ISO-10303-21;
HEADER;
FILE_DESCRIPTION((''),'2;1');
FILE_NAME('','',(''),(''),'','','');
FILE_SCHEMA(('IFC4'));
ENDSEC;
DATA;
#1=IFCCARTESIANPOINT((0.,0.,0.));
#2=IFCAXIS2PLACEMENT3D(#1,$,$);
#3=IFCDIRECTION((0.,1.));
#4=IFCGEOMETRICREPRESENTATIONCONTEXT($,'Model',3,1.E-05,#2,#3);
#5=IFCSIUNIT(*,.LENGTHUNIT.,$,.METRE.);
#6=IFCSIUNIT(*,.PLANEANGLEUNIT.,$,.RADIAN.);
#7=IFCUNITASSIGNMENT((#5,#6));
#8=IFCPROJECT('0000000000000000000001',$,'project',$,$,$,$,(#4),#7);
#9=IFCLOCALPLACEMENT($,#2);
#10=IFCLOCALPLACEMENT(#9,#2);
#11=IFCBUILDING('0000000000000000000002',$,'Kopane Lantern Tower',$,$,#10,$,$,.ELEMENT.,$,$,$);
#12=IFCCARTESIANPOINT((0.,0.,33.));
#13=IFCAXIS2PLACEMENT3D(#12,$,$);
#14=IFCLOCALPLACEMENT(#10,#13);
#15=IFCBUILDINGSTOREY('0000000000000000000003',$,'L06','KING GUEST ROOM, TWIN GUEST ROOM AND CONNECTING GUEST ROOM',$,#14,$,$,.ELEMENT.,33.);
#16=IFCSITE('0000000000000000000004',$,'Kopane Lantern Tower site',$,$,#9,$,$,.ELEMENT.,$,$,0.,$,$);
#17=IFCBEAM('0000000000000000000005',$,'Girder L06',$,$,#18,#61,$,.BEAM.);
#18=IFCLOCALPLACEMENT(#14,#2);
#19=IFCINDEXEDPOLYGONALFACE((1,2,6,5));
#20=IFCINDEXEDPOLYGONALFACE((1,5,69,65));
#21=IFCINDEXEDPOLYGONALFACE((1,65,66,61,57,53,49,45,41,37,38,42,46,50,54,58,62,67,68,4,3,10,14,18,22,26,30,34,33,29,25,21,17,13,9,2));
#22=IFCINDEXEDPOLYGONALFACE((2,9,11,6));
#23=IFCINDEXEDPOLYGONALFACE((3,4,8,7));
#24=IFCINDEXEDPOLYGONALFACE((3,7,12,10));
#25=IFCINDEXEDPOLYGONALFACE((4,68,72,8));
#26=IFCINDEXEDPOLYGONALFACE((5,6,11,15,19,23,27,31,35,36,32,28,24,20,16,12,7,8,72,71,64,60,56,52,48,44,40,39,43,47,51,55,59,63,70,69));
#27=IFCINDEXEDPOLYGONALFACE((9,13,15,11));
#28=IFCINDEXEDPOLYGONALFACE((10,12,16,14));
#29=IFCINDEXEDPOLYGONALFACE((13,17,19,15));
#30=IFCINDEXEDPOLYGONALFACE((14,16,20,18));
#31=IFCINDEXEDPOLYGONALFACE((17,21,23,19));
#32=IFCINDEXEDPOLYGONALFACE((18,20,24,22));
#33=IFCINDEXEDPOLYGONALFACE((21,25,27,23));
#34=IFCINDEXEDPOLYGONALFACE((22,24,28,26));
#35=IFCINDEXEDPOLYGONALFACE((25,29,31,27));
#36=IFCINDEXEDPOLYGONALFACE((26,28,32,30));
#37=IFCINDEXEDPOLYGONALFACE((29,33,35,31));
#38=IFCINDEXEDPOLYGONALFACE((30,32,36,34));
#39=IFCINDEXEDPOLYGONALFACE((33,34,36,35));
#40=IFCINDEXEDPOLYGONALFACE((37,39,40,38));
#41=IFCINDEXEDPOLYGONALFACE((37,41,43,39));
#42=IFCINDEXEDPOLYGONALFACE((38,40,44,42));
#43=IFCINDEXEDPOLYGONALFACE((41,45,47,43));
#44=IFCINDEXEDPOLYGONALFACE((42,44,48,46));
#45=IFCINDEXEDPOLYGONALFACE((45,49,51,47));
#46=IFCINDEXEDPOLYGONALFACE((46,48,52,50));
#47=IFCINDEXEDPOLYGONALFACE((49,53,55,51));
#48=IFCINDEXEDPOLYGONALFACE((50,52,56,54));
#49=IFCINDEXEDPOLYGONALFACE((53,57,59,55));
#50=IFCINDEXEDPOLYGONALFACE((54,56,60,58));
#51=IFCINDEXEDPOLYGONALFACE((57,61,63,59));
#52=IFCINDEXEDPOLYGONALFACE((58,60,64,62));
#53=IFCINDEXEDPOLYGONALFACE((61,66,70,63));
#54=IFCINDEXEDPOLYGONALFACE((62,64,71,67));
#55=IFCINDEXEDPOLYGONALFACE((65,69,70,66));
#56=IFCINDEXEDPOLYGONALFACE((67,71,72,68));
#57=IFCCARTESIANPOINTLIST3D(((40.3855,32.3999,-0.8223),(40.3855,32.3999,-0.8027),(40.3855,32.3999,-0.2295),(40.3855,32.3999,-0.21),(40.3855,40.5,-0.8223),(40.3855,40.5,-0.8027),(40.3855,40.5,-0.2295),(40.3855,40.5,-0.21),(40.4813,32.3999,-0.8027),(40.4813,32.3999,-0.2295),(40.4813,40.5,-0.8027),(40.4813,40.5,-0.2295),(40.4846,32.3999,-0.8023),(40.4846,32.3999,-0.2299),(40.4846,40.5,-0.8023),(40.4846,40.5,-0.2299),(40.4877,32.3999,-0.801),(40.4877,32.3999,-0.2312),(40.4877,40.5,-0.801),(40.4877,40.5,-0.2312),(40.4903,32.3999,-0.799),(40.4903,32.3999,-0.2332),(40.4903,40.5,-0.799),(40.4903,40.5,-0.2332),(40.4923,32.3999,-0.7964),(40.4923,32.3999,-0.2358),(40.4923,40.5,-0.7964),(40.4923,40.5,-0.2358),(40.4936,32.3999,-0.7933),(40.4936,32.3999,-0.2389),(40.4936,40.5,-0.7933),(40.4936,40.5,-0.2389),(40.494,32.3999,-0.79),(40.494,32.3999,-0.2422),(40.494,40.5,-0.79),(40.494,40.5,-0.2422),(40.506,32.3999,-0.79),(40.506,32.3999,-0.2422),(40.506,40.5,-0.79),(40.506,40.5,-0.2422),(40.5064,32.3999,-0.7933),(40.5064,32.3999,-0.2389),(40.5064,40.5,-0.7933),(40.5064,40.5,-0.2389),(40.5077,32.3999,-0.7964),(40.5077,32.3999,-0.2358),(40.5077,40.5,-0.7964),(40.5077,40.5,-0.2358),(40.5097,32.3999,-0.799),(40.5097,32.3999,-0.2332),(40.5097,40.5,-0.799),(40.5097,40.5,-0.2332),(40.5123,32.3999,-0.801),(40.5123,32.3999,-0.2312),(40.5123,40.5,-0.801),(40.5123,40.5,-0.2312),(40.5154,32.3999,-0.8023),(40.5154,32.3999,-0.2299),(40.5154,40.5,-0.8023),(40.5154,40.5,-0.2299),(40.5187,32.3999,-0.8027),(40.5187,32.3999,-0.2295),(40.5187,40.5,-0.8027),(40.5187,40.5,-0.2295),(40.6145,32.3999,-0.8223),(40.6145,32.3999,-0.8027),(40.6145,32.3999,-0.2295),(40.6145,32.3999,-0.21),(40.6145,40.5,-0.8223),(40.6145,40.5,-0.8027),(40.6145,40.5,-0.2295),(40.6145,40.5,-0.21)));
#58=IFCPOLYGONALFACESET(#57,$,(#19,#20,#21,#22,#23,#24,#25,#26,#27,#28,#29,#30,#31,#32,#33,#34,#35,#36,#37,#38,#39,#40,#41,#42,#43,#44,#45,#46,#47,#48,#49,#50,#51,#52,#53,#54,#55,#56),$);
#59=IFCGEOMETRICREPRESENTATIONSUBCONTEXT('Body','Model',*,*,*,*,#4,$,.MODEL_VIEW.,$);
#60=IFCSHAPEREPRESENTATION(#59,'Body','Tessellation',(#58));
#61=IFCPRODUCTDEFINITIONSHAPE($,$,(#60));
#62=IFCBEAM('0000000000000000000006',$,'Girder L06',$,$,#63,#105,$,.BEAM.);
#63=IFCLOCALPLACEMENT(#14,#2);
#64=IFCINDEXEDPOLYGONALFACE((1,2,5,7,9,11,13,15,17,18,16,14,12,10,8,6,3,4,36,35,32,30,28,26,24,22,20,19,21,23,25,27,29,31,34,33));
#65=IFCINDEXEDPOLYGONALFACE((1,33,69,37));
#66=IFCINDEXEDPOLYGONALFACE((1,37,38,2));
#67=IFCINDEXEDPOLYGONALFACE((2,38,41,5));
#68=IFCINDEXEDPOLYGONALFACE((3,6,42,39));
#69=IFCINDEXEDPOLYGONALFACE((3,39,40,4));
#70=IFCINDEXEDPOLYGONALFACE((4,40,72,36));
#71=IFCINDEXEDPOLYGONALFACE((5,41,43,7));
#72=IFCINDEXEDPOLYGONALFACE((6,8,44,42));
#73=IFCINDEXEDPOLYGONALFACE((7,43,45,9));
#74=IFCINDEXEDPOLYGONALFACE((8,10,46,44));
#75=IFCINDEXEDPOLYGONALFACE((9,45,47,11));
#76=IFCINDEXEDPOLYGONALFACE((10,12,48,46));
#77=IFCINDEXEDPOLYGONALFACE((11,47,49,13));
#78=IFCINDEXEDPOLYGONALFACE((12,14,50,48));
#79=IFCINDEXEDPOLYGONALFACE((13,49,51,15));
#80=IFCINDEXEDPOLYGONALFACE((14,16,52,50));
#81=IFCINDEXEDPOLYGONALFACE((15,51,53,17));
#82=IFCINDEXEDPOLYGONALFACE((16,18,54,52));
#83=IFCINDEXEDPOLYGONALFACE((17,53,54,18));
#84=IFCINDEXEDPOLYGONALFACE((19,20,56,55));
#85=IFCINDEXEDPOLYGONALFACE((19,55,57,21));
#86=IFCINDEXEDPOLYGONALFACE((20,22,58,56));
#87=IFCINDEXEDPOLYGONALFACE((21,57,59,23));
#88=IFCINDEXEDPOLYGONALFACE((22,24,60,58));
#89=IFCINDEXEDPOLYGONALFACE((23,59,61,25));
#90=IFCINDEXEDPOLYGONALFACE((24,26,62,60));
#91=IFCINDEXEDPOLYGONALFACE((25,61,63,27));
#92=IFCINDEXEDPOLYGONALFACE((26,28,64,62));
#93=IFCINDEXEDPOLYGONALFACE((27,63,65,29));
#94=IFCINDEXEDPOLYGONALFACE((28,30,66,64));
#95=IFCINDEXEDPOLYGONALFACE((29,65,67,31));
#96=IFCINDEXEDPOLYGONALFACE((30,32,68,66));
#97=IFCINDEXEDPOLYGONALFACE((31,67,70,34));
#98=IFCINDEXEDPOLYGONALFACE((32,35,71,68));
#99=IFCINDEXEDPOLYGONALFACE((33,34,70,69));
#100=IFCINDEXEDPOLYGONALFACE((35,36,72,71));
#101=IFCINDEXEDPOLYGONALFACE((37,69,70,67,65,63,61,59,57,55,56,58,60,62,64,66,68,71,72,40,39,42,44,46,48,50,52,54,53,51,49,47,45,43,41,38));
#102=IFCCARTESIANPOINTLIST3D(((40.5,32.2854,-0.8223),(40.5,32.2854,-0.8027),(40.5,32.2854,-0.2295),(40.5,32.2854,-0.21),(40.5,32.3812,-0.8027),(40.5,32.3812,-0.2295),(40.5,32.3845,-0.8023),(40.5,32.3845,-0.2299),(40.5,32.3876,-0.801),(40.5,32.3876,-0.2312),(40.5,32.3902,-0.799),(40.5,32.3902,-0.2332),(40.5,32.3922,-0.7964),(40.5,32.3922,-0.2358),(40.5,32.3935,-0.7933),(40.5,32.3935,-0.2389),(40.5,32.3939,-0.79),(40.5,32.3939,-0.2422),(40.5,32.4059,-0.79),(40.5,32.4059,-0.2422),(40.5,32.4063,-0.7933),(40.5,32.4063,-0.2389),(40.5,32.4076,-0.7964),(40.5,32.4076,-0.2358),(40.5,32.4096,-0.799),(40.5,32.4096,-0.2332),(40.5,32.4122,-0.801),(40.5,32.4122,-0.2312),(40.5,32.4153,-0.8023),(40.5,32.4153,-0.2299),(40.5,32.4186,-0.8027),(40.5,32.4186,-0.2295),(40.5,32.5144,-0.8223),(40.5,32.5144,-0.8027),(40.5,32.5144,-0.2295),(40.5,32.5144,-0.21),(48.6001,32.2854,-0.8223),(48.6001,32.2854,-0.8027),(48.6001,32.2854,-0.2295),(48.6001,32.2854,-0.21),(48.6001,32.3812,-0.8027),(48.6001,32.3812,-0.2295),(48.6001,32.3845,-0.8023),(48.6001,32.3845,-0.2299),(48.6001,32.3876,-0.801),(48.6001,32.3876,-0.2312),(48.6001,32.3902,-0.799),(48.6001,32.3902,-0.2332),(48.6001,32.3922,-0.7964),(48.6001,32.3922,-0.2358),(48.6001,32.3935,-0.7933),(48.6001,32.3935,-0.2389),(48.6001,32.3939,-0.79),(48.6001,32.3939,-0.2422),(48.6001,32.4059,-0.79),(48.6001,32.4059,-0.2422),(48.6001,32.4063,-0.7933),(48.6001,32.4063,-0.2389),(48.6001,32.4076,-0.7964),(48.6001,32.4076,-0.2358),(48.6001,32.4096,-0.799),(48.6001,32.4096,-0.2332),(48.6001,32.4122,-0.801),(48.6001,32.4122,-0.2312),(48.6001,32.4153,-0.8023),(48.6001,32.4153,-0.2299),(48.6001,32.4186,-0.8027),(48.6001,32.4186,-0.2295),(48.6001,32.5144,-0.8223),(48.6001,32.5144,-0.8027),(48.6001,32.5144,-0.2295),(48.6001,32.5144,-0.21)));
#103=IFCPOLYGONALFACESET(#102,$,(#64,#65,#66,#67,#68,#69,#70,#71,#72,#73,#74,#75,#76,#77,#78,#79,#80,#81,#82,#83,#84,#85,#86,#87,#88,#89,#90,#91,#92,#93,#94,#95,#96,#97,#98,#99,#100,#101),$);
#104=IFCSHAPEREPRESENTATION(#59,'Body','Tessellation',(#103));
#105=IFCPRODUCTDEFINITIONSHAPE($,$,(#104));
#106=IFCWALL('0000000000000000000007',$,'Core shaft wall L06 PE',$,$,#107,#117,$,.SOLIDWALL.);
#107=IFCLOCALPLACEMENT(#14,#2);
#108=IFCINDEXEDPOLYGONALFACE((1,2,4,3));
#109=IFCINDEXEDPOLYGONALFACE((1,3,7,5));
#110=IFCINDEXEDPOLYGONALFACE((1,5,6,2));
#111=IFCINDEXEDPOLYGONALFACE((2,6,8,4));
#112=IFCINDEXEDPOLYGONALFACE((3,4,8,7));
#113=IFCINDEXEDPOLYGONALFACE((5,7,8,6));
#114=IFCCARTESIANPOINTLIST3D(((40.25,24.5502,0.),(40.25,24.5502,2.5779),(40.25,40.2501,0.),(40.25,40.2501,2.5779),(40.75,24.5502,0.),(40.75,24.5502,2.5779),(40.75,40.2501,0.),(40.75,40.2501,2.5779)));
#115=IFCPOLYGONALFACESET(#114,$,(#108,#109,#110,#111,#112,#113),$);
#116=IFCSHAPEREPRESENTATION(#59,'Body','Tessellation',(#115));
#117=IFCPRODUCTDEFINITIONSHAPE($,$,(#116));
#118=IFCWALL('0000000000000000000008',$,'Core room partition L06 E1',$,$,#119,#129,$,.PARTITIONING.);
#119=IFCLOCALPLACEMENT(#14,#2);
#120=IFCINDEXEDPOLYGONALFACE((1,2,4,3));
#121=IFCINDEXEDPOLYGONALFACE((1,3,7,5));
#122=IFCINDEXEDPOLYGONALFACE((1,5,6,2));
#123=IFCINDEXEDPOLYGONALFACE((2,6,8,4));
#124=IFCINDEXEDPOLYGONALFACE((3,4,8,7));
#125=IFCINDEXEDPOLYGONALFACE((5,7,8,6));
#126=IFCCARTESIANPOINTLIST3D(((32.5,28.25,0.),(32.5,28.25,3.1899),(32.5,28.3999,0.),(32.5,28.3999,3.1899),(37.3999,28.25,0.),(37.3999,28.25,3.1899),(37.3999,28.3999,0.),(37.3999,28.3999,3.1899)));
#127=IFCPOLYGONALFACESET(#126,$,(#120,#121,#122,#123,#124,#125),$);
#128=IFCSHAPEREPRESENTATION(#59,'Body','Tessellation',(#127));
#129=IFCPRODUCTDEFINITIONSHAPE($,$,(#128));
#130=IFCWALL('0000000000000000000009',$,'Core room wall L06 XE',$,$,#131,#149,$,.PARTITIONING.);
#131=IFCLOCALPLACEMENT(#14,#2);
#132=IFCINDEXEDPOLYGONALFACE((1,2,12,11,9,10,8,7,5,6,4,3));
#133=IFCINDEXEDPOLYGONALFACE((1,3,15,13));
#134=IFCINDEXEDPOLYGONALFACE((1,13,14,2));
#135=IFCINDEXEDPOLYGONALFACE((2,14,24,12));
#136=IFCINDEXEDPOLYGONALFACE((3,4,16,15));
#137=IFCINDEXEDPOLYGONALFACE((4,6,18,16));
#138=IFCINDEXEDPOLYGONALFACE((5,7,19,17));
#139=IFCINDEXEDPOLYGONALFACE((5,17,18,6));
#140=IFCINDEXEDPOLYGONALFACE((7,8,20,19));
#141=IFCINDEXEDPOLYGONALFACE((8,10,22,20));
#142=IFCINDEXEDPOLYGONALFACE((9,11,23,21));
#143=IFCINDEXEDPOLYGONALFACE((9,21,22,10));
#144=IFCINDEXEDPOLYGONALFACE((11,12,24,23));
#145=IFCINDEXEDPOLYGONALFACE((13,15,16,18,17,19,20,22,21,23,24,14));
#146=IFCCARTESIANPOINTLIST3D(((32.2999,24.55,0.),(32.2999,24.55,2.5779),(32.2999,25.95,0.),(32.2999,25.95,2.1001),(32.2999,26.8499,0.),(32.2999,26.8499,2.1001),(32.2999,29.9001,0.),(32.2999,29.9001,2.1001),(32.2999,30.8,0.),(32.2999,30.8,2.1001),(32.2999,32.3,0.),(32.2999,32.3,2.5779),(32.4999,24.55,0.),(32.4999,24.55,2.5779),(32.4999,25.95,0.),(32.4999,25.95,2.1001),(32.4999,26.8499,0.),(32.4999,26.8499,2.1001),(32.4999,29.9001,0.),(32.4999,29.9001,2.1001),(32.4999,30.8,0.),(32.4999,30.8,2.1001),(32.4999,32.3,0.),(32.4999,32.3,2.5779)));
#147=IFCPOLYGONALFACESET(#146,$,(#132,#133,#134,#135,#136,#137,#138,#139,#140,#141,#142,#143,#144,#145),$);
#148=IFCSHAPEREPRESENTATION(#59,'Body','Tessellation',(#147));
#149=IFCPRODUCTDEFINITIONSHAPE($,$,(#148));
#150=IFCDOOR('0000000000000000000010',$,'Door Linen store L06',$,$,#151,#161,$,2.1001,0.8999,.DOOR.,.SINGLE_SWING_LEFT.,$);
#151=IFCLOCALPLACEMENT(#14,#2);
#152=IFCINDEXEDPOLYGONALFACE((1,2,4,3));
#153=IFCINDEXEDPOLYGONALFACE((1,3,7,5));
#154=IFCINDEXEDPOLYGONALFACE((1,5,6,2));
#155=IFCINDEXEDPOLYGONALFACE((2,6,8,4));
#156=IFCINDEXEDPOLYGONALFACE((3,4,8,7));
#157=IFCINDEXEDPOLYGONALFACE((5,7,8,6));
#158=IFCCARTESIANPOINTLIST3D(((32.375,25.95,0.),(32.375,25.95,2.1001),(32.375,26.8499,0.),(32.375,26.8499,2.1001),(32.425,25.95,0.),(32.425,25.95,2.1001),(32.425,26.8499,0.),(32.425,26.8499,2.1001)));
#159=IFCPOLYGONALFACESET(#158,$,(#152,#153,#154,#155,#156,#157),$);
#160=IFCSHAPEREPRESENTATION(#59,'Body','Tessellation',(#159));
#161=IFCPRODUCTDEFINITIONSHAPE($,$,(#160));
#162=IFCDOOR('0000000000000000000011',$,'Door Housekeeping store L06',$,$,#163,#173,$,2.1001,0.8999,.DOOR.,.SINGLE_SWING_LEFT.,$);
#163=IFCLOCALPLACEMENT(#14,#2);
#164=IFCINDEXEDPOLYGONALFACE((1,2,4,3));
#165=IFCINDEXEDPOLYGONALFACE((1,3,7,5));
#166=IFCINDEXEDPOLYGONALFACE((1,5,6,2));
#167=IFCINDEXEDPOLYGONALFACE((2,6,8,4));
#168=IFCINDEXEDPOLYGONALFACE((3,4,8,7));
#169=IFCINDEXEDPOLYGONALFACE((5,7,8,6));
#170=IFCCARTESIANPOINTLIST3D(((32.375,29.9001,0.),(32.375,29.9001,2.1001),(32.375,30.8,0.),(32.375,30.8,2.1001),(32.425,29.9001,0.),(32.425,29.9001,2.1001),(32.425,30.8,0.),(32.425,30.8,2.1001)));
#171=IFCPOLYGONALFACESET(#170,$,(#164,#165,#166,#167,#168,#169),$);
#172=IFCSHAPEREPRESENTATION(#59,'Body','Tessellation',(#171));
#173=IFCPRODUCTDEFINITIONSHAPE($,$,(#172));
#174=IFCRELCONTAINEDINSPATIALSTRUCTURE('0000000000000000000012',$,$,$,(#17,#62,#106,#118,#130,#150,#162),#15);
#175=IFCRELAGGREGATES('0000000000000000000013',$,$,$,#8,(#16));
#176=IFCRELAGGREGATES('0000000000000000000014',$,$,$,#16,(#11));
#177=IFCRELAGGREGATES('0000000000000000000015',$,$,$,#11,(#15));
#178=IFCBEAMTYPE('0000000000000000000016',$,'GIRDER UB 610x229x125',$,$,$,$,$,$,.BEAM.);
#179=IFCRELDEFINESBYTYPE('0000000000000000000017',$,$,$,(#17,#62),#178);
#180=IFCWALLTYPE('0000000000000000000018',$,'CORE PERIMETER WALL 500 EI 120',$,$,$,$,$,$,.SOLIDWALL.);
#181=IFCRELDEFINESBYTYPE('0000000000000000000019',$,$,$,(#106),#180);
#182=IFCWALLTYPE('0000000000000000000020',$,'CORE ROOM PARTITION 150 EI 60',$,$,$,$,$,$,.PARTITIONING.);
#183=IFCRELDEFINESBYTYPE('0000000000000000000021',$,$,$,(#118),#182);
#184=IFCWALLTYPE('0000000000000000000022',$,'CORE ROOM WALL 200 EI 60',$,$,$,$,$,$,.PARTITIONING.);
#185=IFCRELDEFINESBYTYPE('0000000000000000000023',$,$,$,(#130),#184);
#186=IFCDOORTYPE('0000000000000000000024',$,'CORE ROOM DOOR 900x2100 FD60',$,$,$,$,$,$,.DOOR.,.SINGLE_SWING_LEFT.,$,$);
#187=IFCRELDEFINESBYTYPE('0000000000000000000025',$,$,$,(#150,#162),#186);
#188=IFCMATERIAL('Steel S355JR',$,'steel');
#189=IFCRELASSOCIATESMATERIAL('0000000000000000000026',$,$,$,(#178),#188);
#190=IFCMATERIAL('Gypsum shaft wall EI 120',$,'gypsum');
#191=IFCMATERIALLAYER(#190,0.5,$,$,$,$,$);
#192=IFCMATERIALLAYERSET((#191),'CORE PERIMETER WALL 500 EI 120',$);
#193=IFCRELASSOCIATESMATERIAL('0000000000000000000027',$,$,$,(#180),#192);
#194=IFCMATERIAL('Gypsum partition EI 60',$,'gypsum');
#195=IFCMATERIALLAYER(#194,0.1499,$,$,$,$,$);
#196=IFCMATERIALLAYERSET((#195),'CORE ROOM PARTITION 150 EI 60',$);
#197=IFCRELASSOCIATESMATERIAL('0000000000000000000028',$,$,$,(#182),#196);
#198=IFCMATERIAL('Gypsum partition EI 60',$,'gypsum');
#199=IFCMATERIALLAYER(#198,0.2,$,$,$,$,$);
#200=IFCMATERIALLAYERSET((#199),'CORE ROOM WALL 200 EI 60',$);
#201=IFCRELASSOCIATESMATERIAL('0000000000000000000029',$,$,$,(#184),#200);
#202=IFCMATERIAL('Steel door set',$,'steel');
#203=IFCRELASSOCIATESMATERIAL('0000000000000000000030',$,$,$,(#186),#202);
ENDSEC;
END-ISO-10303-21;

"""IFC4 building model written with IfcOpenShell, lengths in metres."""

from ifc_helpers import new_model, si_unit, direction, frame, frame_2d, origin, origin_2d, place, context, subcontext, project, spatial, rectangle, i_section, extrude, material, layer, layer_set, material_profile, profile_set, type_object, element, fill, save


model = new_model("IFC4")

# Units and contexts
model_context = context("Model", 3, precision=1e-05, world=origin(), true_north=direction((0.0, 1.0)))
body_context = subcontext(model_context, "Body", "Model", "MODEL_VIEW")
ifc_project = project(units=[si_unit("LENGTHUNIT", "METRE"), si_unit("PLANEANGLEUNIT", "RADIAN")], contexts=[model_context])

# Site, building, storey
site_placement = place(None, origin())
site = spatial("IfcSite", under=ifc_project, at=site_placement, Name="Kopane Lantern Tower site", CompositionType="ELEMENT", RefElevation=0.0)
building_placement = place(site_placement, origin())
building = spatial("IfcBuilding", under=site, at=building_placement, Name="Kopane Lantern Tower", CompositionType="ELEMENT")
storey_placement = place(building_placement, frame((0.0, 0.0, 33.0)))
storey = spatial("IfcBuildingStorey", under=building, at=storey_placement, Name="L06", Description="KING GUEST ROOM, TWIN GUEST ROOM AND CONNECTING GUEST ROOM", CompositionType="ELEMENT", Elevation=33.0)

# Beams
ifc_material_1 = material(Name="Steel S355JR", Category="steel")
ifc_material_profile_1 = material_profile(ifc_material_1, i_section(OverallWidth=0.229, OverallDepth=0.6123, WebThickness=0.012, FlangeThickness=0.0195, FilletRadius=0.0127, at=origin_2d()), Name="UB 610x229x125")
ifc_profile_set_1 = profile_set([ifc_material_profile_1], Name="Steel S355JR")
beam_type_1 = type_object("IfcBeamType", Name="GIRDER UB 610x229x125", PredefinedType="BEAM", material=ifc_profile_set_1)
for number, where, z_axis, x_axis, name in (
    (1, (40.5, 32.3999, -0.5161), (0.0, 1.0, 0.0), (-1.0, 0.0, 0.0), "Girder L06"),
    (2, (40.5, 32.3999, -0.5161), (1.0, 0.0, 0.0), (0.0, 1.0, 0.0), "Girder L06"),
):
    element("IfcBeam", number, at=place(storey_placement, frame(where, z_axis=z_axis, x_axis=x_axis)), inside=storey, type_object=beam_type_1, Name=name, PredefinedType="BEAM", context=body_context, shape_type="SweptSolid", body=[
        extrude(i_section(OverallWidth=0.229, OverallDepth=0.6123, WebThickness=0.012, FlangeThickness=0.0195, FilletRadius=0.0127, at=origin_2d()), origin(), (0.0, 0.0, 1.0), 8.1001),
    ])

# Walls
ifc_material_2 = material(Name="Gypsum shaft wall EI 120", Category="gypsum")
ifc_layer_1 = layer(ifc_material_2, 0.5)
ifc_layer_set_1 = layer_set([ifc_layer_1], Name="CORE PERIMETER WALL 500 EI 120")
wall_type_1 = type_object("IfcWallType", Name="CORE PERIMETER WALL 500 EI 120", PredefinedType="SOLIDWALL", material=ifc_layer_set_1)
wall_1_placement = place(storey_placement, frame((40.5, 24.55, 0.0), z_axis=(0.0, 0.0, 1.0), x_axis=(0.0, 1.0, 0.0)))
element("IfcWall", 3, at=wall_1_placement, inside=storey, type_object=wall_type_1, Name="Core shaft wall L06 PE", PredefinedType="SOLIDWALL", context=body_context, shape_type="SweptSolid", body=[
    extrude(rectangle(XDim=15.7, YDim=0.5, at=frame_2d((7.8501, 0.0))), origin(), (0.0, 0.0, 1.0), 2.5779),
])
ifc_material_3 = material(Name="Gypsum partition EI 60", Category="gypsum")
ifc_layer_2 = layer(ifc_material_3, 0.1499)
ifc_layer_set_2 = layer_set([ifc_layer_2], Name="CORE ROOM PARTITION 150 EI 60")
wall_type_2 = type_object("IfcWallType", Name="CORE ROOM PARTITION 150 EI 60", PredefinedType="PARTITIONING", material=ifc_layer_set_2)
wall_2_placement = place(storey_placement, frame((32.5, 28.325, 0.0), z_axis=(0.0, 0.0, 1.0), x_axis=(1.0, 0.0, 0.0)))
element("IfcWall", 4, at=wall_2_placement, inside=storey, type_object=wall_type_2, Name="Core room partition L06 E1", PredefinedType="PARTITIONING", context=body_context, shape_type="SweptSolid", body=[
    extrude(rectangle(XDim=4.8999, YDim=0.1499, at=frame_2d((2.45, 0.0))), origin(), (0.0, 0.0, 1.0), 3.1899),
])

# Wall, openings, doors
ifc_material_4 = material(Name="Gypsum partition EI 60", Category="gypsum")
ifc_layer_3 = layer(ifc_material_4, 0.2)
ifc_layer_set_3 = layer_set([ifc_layer_3], Name="CORE ROOM WALL 200 EI 60")
wall_type_3 = type_object("IfcWallType", Name="CORE ROOM WALL 200 EI 60", PredefinedType="PARTITIONING", material=ifc_layer_set_3)
wall_3_placement = place(storey_placement, frame((32.3999, 24.55, 0.0), z_axis=(0.0, 0.0, 1.0), x_axis=(0.0, 1.0, 0.0)))
wall_3 = element("IfcWall", 5, at=wall_3_placement, inside=storey, type_object=wall_type_3, Name="Core room wall L06 XE", PredefinedType="PARTITIONING", context=body_context, shape_type="SweptSolid", body=[
    extrude(rectangle(XDim=7.75, YDim=0.2, at=frame_2d((3.875, 0.0))), origin(), (0.0, 0.0, 1.0), 2.5779),
])
opening_1_placement = place(wall_3_placement, frame((1.3999, 0.0, 0.0)))
opening_1 = element("IfcOpeningElement", 6, at=opening_1_placement, cuts=wall_3, PredefinedType="OPENING", context=body_context, shape_type="SweptSolid", body=[
    extrude(rectangle(XDim=0.8999, YDim=2.1001, at=frame_2d((0.45, 1.05))), frame((0.0, 0.1099, 0.0), z_axis=(0.0, -1.0, 0.0), x_axis=(1.0, 0.0, 0.0)), (0.0, 0.0, 1.0), 0.22),
])
opening_2_placement = place(wall_3_placement, frame((5.3501, 0.0, 0.0)))
opening_2 = element("IfcOpeningElement", 7, at=opening_2_placement, cuts=wall_3, PredefinedType="OPENING", context=body_context, shape_type="SweptSolid", body=[
    extrude(rectangle(XDim=0.8999, YDim=2.1001, at=frame_2d((0.45, 1.05))), frame((0.0, 0.1099, 0.0), z_axis=(0.0, -1.0, 0.0), x_axis=(1.0, 0.0, 0.0)), (0.0, 0.0, 1.0), 0.22),
])
ifc_material_5 = material(Name="Steel door set", Category="steel")
door_type_1 = type_object("IfcDoorType", Name="CORE ROOM DOOR 900x2100 FD60", OperationType="SINGLE_SWING_LEFT", PredefinedType="DOOR", material=ifc_material_5)
door_1_placement = place(opening_1_placement, origin())
door_1 = element("IfcDoor", 8, at=door_1_placement, inside=storey, type_object=door_type_1, Name="Door Linen store L06", OperationType="SINGLE_SWING_LEFT", OverallHeight=2.1001, OverallWidth=0.8999, PredefinedType="DOOR", context=body_context, shape_type="SweptSolid", body=[
    extrude(rectangle(XDim=0.8999, YDim=2.1001, at=frame_2d((0.45, 1.05))), frame((0.0, 0.0249, 0.0), z_axis=(0.0, -1.0, 0.0), x_axis=(1.0, 0.0, 0.0)), (0.0, 0.0, 1.0), 0.05),
])
fill(opening_1, door_1)
door_2_placement = place(opening_2_placement, origin())
door_2 = element("IfcDoor", 9, at=door_2_placement, inside=storey, type_object=door_type_1, Name="Door Housekeeping store L06", OperationType="SINGLE_SWING_LEFT", OverallHeight=2.1001, OverallWidth=0.8999, PredefinedType="DOOR", context=body_context, shape_type="SweptSolid", body=[
    extrude(rectangle(XDim=0.8999, YDim=2.1001, at=frame_2d((0.45, 1.05))), frame((0.0, 0.0249, 0.0), z_axis=(0.0, -1.0, 0.0), x_axis=(1.0, 0.0, 0.0)), (0.0, 0.0, 1.0), 0.05),
])
fill(opening_2, door_2)

save(model, "model.ifc")
